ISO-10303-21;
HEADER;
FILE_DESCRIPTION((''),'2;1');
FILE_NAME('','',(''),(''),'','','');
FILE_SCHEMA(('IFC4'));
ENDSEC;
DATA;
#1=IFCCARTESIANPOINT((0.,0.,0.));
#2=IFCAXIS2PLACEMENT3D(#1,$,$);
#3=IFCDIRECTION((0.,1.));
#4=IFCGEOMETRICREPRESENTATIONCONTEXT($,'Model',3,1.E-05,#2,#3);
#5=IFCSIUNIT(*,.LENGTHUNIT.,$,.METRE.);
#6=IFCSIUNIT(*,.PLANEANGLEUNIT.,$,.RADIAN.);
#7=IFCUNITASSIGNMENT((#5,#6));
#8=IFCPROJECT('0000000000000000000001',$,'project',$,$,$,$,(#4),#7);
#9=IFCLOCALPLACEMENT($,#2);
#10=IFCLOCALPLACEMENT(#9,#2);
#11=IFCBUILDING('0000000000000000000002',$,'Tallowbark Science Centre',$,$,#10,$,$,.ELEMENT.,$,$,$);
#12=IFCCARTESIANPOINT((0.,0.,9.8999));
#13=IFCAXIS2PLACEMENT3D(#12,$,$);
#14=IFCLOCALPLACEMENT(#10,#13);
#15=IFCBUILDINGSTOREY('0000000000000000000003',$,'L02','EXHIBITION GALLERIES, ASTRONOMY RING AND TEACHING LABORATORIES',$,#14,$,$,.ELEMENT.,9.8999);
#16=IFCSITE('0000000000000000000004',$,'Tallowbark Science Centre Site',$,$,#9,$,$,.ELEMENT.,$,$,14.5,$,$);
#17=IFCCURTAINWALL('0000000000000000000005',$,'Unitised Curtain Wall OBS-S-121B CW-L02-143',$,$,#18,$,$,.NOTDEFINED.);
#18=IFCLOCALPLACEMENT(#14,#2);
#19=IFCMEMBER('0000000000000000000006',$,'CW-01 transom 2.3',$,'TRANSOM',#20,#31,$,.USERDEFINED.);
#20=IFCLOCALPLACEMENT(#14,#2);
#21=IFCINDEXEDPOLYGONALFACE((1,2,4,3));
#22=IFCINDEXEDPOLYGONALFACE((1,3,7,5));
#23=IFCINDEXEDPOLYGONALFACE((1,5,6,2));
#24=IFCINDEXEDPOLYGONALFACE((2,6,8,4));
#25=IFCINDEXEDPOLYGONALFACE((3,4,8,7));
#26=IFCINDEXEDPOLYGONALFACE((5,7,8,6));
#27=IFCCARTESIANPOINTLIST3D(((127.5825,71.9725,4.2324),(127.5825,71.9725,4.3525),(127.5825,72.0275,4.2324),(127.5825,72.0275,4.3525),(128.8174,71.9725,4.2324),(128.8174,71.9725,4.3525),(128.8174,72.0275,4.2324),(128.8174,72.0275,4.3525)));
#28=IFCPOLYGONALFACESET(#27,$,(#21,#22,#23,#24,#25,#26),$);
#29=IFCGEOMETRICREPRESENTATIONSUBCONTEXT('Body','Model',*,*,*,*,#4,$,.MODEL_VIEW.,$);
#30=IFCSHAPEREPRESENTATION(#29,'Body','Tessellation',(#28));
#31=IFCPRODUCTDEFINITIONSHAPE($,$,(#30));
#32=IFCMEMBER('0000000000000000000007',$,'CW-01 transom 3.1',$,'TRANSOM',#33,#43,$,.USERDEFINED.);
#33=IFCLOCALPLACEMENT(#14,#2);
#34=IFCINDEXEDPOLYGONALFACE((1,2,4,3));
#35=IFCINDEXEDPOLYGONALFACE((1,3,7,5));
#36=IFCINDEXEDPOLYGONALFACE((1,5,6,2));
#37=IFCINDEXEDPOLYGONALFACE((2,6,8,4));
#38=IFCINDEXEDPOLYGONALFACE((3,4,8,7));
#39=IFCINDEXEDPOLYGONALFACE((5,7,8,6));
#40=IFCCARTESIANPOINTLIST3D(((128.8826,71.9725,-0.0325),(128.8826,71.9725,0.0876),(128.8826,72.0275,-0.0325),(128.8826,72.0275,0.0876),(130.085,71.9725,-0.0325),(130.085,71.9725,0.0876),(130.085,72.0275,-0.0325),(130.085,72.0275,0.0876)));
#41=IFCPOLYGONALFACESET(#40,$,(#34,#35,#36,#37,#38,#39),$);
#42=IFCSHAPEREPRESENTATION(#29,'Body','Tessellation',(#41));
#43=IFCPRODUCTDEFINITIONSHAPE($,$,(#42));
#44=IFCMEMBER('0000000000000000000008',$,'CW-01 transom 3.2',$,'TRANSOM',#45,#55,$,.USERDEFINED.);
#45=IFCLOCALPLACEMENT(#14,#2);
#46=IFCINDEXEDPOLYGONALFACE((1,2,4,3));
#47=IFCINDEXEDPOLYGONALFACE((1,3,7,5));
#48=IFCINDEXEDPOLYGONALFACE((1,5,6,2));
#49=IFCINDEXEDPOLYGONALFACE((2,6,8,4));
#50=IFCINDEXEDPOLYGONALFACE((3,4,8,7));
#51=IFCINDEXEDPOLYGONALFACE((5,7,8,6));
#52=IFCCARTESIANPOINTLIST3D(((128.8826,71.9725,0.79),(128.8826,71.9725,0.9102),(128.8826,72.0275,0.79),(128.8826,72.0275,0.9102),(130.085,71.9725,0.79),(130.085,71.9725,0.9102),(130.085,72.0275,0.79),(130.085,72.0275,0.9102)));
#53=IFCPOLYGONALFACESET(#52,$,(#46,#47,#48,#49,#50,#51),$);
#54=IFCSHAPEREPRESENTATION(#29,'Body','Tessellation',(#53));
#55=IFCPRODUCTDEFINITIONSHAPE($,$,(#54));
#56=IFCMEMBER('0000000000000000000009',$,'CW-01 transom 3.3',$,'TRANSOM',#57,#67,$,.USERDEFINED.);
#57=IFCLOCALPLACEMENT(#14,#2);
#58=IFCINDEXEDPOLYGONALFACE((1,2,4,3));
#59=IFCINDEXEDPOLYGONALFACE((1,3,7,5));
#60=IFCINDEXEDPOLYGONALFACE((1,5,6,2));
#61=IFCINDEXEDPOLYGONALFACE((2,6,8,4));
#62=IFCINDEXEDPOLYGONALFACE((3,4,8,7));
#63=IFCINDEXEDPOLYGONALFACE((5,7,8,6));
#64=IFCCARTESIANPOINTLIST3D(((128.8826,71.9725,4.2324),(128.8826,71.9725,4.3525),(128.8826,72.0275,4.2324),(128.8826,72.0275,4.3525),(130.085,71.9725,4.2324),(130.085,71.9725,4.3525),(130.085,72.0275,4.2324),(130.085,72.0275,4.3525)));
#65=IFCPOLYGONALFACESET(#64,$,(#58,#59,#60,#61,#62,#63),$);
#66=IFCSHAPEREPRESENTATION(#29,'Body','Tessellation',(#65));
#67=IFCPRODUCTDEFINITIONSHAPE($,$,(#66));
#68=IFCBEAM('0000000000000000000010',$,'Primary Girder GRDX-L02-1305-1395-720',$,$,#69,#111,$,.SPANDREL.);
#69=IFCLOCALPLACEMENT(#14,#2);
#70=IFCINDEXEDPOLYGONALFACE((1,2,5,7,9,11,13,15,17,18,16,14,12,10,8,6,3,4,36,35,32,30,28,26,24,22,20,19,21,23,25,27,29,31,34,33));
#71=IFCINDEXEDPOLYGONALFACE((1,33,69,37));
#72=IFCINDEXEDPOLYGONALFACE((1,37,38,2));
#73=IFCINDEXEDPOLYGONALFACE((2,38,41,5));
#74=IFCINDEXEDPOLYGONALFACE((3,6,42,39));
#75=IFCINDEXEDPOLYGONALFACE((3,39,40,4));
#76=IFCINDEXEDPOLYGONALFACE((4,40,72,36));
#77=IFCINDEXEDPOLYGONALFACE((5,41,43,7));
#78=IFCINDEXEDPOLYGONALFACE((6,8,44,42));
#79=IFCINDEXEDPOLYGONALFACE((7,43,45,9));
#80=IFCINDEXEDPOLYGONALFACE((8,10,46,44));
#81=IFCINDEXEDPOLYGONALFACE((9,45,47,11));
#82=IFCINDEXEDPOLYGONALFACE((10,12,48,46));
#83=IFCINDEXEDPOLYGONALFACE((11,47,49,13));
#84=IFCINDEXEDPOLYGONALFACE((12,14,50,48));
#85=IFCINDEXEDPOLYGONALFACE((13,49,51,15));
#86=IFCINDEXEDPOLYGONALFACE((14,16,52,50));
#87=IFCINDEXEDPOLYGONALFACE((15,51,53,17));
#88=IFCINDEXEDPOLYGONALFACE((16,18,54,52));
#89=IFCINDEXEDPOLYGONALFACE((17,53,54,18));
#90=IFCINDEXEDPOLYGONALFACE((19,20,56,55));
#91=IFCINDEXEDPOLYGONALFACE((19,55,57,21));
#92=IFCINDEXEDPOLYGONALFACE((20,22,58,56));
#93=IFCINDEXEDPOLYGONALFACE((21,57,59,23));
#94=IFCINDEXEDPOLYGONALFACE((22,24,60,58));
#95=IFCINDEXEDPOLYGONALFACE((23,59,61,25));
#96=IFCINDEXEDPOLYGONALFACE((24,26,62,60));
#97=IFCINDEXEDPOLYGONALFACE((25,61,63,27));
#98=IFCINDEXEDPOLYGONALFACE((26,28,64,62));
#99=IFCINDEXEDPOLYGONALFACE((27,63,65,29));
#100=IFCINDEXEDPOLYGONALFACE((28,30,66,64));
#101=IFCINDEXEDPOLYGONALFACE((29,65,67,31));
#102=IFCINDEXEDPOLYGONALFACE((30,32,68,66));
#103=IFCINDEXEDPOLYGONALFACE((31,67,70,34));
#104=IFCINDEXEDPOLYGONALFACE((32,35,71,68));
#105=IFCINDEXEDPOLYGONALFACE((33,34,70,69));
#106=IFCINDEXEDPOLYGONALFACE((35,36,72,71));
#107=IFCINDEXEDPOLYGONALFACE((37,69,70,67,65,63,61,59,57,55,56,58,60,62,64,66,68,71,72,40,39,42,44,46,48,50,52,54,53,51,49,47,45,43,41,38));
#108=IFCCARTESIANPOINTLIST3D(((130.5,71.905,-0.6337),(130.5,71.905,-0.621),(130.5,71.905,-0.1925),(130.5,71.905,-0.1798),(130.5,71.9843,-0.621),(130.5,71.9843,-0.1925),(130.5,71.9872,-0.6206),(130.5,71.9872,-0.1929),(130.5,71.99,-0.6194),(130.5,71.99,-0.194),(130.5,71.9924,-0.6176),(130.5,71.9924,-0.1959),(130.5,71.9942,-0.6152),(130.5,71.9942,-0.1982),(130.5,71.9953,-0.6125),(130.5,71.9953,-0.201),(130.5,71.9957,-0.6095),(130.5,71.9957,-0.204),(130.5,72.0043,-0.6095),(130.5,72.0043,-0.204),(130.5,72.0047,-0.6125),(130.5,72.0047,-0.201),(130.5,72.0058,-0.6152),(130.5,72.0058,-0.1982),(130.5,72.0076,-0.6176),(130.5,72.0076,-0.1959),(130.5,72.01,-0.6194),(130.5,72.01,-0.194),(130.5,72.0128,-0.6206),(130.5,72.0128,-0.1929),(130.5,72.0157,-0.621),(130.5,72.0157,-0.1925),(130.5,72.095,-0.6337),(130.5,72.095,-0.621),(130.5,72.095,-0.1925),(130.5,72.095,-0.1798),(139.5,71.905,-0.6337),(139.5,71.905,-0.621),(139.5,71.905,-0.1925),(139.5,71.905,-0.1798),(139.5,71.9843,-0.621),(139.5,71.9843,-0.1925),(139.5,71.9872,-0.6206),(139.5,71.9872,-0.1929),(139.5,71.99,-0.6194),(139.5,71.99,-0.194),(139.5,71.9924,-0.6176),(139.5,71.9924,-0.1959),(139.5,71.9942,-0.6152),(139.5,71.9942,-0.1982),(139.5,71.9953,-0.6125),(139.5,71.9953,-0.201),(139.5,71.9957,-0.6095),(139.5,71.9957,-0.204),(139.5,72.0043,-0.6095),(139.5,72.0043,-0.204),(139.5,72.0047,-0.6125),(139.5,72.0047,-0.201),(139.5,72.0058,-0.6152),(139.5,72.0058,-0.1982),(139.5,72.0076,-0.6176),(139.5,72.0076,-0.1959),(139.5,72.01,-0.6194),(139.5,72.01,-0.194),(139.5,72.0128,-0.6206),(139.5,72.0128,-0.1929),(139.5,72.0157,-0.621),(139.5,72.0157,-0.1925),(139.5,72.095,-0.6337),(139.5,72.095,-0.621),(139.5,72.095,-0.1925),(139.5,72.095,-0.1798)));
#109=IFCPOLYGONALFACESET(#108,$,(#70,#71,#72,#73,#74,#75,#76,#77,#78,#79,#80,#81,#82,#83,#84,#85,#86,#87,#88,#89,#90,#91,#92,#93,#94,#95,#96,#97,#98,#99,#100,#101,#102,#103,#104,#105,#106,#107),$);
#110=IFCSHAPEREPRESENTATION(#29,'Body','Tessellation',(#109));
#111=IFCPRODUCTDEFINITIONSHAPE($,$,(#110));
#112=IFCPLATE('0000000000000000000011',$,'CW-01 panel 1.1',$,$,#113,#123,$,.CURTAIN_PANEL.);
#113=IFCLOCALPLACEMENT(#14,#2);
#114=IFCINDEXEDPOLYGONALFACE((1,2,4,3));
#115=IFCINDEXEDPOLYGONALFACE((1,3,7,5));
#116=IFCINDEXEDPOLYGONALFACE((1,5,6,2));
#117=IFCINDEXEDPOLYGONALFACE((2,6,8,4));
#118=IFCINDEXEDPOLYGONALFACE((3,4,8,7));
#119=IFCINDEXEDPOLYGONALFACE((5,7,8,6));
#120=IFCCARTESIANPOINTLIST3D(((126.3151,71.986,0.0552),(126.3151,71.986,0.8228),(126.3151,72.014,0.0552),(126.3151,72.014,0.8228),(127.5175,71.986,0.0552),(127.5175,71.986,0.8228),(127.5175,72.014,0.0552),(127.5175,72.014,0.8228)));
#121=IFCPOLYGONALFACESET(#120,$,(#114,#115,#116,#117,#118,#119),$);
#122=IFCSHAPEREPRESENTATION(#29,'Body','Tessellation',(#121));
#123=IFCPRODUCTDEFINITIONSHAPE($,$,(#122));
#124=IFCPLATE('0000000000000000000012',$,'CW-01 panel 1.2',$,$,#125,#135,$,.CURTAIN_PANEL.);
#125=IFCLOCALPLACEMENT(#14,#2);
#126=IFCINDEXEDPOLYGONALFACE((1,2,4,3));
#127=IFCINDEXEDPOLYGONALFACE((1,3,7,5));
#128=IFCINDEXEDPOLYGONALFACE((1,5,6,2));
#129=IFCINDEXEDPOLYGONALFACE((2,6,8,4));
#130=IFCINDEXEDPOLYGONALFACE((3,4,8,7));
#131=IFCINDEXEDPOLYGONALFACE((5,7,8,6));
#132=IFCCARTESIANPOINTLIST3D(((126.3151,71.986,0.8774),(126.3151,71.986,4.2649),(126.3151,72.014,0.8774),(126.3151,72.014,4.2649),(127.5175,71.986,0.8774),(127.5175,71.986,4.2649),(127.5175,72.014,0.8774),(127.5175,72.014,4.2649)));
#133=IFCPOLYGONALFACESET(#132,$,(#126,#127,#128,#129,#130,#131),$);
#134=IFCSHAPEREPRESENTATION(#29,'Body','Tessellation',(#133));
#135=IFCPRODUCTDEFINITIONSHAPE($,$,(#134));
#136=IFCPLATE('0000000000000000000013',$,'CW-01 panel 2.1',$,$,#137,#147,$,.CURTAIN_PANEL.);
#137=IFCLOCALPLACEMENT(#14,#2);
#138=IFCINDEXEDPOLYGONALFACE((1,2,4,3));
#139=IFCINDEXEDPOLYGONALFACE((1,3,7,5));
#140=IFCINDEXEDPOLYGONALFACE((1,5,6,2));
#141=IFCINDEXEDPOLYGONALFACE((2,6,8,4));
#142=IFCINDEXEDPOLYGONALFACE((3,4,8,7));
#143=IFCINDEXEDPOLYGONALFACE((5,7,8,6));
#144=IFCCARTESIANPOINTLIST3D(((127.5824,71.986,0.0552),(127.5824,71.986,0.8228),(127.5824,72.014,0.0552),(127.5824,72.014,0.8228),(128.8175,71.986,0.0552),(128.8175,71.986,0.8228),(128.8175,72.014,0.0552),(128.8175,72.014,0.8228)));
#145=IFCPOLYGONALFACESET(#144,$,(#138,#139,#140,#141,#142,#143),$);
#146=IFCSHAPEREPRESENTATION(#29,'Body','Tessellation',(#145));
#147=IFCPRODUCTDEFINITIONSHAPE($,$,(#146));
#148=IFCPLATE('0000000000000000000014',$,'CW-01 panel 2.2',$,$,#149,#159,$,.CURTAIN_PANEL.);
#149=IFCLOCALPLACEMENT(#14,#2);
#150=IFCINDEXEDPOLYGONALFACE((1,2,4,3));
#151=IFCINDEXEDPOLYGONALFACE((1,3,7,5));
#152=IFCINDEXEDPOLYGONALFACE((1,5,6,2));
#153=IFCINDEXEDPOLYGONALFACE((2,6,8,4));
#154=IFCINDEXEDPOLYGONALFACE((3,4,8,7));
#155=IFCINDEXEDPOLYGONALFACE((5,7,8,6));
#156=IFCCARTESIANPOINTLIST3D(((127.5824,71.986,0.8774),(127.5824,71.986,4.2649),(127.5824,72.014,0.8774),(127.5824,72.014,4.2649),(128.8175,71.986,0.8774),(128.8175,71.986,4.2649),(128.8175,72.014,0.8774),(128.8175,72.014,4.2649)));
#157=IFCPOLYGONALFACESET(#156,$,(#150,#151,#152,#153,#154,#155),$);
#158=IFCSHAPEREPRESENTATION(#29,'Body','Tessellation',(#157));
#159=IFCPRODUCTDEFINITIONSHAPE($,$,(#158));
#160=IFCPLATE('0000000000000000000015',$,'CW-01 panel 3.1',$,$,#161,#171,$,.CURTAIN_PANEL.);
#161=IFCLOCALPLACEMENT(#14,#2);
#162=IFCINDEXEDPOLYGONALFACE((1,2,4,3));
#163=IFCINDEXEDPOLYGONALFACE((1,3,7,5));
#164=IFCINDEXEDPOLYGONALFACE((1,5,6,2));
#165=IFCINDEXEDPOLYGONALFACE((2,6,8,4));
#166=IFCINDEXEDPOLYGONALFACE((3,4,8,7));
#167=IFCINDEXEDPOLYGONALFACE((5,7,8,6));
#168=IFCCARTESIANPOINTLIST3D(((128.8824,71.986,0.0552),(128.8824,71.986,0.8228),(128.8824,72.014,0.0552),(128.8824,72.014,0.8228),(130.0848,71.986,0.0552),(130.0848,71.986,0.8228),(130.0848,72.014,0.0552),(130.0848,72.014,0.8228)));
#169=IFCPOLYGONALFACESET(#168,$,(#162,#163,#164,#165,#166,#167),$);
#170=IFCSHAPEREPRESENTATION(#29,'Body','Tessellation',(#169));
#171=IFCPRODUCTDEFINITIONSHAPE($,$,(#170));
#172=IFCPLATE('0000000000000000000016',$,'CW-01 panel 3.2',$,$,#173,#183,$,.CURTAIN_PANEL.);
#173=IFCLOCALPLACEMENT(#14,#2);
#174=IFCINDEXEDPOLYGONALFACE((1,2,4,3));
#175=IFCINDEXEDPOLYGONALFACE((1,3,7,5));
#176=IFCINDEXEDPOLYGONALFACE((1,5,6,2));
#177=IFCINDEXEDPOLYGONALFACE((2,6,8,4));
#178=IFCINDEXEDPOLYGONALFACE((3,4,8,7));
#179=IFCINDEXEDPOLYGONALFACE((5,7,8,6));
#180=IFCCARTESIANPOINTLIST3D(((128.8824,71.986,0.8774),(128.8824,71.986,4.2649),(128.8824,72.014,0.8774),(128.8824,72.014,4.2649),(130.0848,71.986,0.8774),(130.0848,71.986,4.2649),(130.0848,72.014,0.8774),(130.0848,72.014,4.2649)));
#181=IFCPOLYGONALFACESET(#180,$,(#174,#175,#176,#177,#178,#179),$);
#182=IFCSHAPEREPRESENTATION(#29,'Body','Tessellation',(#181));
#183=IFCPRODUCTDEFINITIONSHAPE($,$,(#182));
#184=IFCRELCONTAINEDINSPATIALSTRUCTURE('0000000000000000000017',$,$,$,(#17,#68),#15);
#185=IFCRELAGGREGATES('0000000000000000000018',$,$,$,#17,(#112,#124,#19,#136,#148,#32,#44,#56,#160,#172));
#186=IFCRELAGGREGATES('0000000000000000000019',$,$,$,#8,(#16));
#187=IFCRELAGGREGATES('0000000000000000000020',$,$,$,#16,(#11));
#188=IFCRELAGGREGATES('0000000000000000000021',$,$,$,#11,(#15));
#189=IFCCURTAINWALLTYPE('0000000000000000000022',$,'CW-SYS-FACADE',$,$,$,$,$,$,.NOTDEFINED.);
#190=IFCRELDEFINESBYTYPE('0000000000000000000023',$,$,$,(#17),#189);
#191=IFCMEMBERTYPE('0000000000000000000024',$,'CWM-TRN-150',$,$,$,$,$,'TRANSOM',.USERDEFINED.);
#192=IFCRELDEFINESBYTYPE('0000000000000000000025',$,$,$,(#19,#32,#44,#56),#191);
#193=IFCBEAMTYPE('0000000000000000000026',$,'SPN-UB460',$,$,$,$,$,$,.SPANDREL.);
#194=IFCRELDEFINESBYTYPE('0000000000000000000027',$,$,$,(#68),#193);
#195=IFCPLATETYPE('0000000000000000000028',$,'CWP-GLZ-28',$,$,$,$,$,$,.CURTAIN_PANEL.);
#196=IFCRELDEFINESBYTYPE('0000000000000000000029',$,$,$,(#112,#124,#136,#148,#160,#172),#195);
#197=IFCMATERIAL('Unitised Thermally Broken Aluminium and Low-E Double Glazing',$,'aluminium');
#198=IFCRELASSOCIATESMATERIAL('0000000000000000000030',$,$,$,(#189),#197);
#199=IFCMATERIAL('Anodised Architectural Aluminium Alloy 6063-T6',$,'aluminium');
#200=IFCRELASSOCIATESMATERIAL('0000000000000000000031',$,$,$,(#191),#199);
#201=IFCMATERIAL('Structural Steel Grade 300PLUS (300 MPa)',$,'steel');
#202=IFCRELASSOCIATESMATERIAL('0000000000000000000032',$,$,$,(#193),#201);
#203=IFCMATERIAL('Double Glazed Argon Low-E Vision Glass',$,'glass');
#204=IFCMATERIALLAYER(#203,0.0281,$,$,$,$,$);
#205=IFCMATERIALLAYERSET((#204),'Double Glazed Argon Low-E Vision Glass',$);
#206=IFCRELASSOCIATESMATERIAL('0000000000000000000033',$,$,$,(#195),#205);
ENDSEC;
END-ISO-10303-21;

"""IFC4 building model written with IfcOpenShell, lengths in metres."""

from ifc_helpers import new_model, si_unit, direction, frame, origin, origin_2d, place, context, subcontext, project, spatial, rectangle, i_section, extrude, material, layer, layer_set, material_profile, profile_set, type_object, element, aggregate, save


model = new_model("IFC4")

# Units and contexts
model_context = context("Model", 3, precision=1e-05, world=origin(), true_north=direction((0.0, 1.0)))
body_context = subcontext(model_context, "Body", "Model", "MODEL_VIEW")
ifc_project = project(units=[si_unit("LENGTHUNIT", "METRE"), si_unit("PLANEANGLEUNIT", "RADIAN")], contexts=[model_context])

# Site, building, storey
site_placement = place(None, origin())
site = spatial("IfcSite", under=ifc_project, at=site_placement, Name="Tallowbark Science Centre Site", CompositionType="ELEMENT", RefElevation=14.5)
building_placement = place(site_placement, origin())
building = spatial("IfcBuilding", under=site, at=building_placement, Name="Tallowbark Science Centre", CompositionType="ELEMENT")
storey_placement = place(building_placement, frame((0.0, 0.0, 9.8999)))
storey = spatial("IfcBuildingStorey", under=building, at=storey_placement, Name="L02", Description="EXHIBITION GALLERIES, ASTRONOMY RING AND TEACHING LABORATORIES", CompositionType="ELEMENT", Elevation=9.8999)

# Shared definitions
ifc_material_1 = material(Name="Structural Steel Grade 300PLUS (300 MPa)", Category="steel")

# Curtain wall
ifc_material_2 = material(Name="Unitised Thermally Broken Aluminium and Low-E Double Glazing", Category="aluminium")
curtain_wall_type = type_object("IfcCurtainWallType", Name="CW-SYS-FACADE", PredefinedType="NOTDEFINED", material=ifc_material_2)
curtain_wall_1_placement = place(storey_placement, origin())
curtain_wall_1 = element("IfcCurtainWall", 1, at=curtain_wall_1_placement, inside=storey, type_object=curtain_wall_type, Name="Unitised Curtain Wall OBS-S-121B CW-L02-143", PredefinedType="NOTDEFINED")
ifc_material_3 = material(Name="Anodised Architectural Aluminium Alloy 6063-T6", Category="aluminium")

# Members
ifc_material_profile_1 = material_profile(ifc_material_3, rectangle(XDim=0.0549, YDim=0.1201, at=origin_2d()), Name="ALU55x120")
ifc_profile_set_1 = profile_set([ifc_material_profile_1], Name="Anodised Architectural Aluminium Alloy 6063-T6")
member_type_1 = type_object("IfcMemberType", Name="CWM-TRN-150", ElementType="TRANSOM", PredefinedType="USERDEFINED", material=ifc_profile_set_1)
member_1_placement = place(storey_placement, frame((127.5825, 72.0, 4.2925), z_axis=(1.0, 0.0, 0.0), x_axis=(0.0, 1.0, 0.0)))
member_1 = element("IfcMember", 2, at=member_1_placement, type_object=member_type_1, Name="CW-01 transom 2.3", ObjectType="TRANSOM", PredefinedType="USERDEFINED", context=body_context, shape_type="SweptSolid", body=[
    extrude(rectangle(XDim=0.0549, YDim=0.1201, at=origin_2d()), origin(), (0.0, 0.0, 1.0), 1.2349),
])
member_2_placement = place(storey_placement, frame((128.8826, 72.0, 0.0276), z_axis=(1.0, 0.0, 0.0), x_axis=(0.0, 1.0, 0.0)))
member_2 = element("IfcMember", 3, at=member_2_placement, type_object=member_type_1, Name="CW-01 transom 3.1", ObjectType="TRANSOM", PredefinedType="USERDEFINED", context=body_context, shape_type="SweptSolid", body=[
    extrude(rectangle(XDim=0.0549, YDim=0.1201, at=origin_2d()), origin(), (0.0, 0.0, 1.0), 1.2024),
])
member_3_placement = place(storey_placement, frame((128.8826, 72.0, 0.8501), z_axis=(1.0, 0.0, 0.0), x_axis=(0.0, 1.0, 0.0)))
member_3 = element("IfcMember", 4, at=member_3_placement, type_object=member_type_1, Name="CW-01 transom 3.2", ObjectType="TRANSOM", PredefinedType="USERDEFINED", context=body_context, shape_type="SweptSolid", body=[
    extrude(rectangle(XDim=0.0549, YDim=0.1201, at=origin_2d()), origin(), (0.0, 0.0, 1.0), 1.2024),
])
member_4_placement = place(storey_placement, frame((128.8826, 72.0, 4.2925), z_axis=(1.0, 0.0, 0.0), x_axis=(0.0, 1.0, 0.0)))
member_4 = element("IfcMember", 5, at=member_4_placement, type_object=member_type_1, Name="CW-01 transom 3.3", ObjectType="TRANSOM", PredefinedType="USERDEFINED", context=body_context, shape_type="SweptSolid", body=[
    extrude(rectangle(XDim=0.0549, YDim=0.1201, at=origin_2d()), origin(), (0.0, 0.0, 1.0), 1.2024),
])

# Beam
ifc_material_profile_2 = material_profile(ifc_material_1, i_section(OverallWidth=0.1899, OverallDepth=0.4539, WebThickness=0.0085, FlangeThickness=0.0127, FilletRadius=0.0115, at=origin_2d()), Name="460UB67.1")
ifc_profile_set_2 = profile_set([ifc_material_profile_2], Name="Structural Steel Grade 300PLUS (300 MPa)")
beam_type_1 = type_object("IfcBeamType", Name="SPN-UB460", PredefinedType="SPANDREL", material=ifc_profile_set_2)
beam_1_placement = place(storey_placement, frame((130.5, 72.0, -0.4067), z_axis=(1.0, 0.0, 0.0), x_axis=(0.0, 1.0, 0.0)))
element("IfcBeam", 6, at=beam_1_placement, inside=storey, type_object=beam_type_1, Name="Primary Girder GRDX-L02-1305-1395-720", PredefinedType="SPANDREL", context=body_context, shape_type="SweptSolid", body=[
    extrude(i_section(OverallWidth=0.1899, OverallDepth=0.4539, WebThickness=0.0085, FlangeThickness=0.0127, FilletRadius=0.0115, at=origin_2d()), origin(), (0.0, 0.0, 1.0), 9.0),
])

# Plates
ifc_material_4 = material(Name="Double Glazed Argon Low-E Vision Glass", Category="glass")
ifc_layer_1 = layer(ifc_material_4, 0.0281)
ifc_layer_set_1 = layer_set([ifc_layer_1], Name="Double Glazed Argon Low-E Vision Glass")
plate_type = type_object("IfcPlateType", Name="CWP-GLZ-28", PredefinedType="CURTAIN_PANEL", material=ifc_layer_set_1)
plate_1_placement = place(storey_placement, frame((126.9163, 72.0, 0.0552), z_axis=(0.0, 0.0, 1.0), x_axis=(1.0, 0.0, 0.0)))
plate_1 = element("IfcPlate", 7, at=plate_1_placement, type_object=plate_type, Name="CW-01 panel 1.1", PredefinedType="CURTAIN_PANEL", context=body_context, shape_type="SweptSolid", body=[
    extrude(rectangle(XDim=1.2024, YDim=0.0281, at=origin_2d()), origin(), (0.0, 0.0, 1.0), 0.7676),
])
plate_2_placement = place(storey_placement, frame((126.9163, 72.0, 0.8774), z_axis=(0.0, 0.0, 1.0), x_axis=(1.0, 0.0, 0.0)))
plate_2 = element("IfcPlate", 8, at=plate_2_placement, type_object=plate_type, Name="CW-01 panel 1.2", PredefinedType="CURTAIN_PANEL", context=body_context, shape_type="SweptSolid", body=[
    extrude(rectangle(XDim=1.2024, YDim=0.0281, at=origin_2d()), origin(), (0.0, 0.0, 1.0), 3.3875),
])
plate_3_placement = place(storey_placement, frame((128.2, 72.0, 0.0552), z_axis=(0.0, 0.0, 1.0), x_axis=(1.0, 0.0, 0.0)))
plate_3 = element("IfcPlate", 9, at=plate_3_placement, type_object=plate_type, Name="CW-01 panel 2.1", PredefinedType="CURTAIN_PANEL", context=body_context, shape_type="SweptSolid", body=[
    extrude(rectangle(XDim=1.2351, YDim=0.0281, at=origin_2d()), origin(), (0.0, 0.0, 1.0), 0.7676),
])
plate_4_placement = place(storey_placement, frame((128.2, 72.0, 0.8774), z_axis=(0.0, 0.0, 1.0), x_axis=(1.0, 0.0, 0.0)))
plate_4 = element("IfcPlate", 10, at=plate_4_placement, type_object=plate_type, Name="CW-01 panel 2.2", PredefinedType="CURTAIN_PANEL", context=body_context, shape_type="SweptSolid", body=[
    extrude(rectangle(XDim=1.2351, YDim=0.0281, at=origin_2d()), origin(), (0.0, 0.0, 1.0), 3.3875),
])
plate_5_placement = place(storey_placement, frame((129.4836, 72.0, 0.0552), z_axis=(0.0, 0.0, 1.0), x_axis=(1.0, 0.0, 0.0)))
plate_5 = element("IfcPlate", 11, at=plate_5_placement, type_object=plate_type, Name="CW-01 panel 3.1", PredefinedType="CURTAIN_PANEL", context=body_context, shape_type="SweptSolid", body=[
    extrude(rectangle(XDim=1.2024, YDim=0.0281, at=origin_2d()), origin(), (0.0, 0.0, 1.0), 0.7676),
])
plate_6_placement = place(storey_placement, frame((129.4836, 72.0, 0.8774), z_axis=(0.0, 0.0, 1.0), x_axis=(1.0, 0.0, 0.0)))
plate_6 = element("IfcPlate", 12, at=plate_6_placement, type_object=plate_type, Name="CW-01 panel 3.2", PredefinedType="CURTAIN_PANEL", context=body_context, shape_type="SweptSolid", body=[
    extrude(rectangle(XDim=1.2024, YDim=0.0281, at=origin_2d()), origin(), (0.0, 0.0, 1.0), 3.3875),
])
aggregate(curtain_wall_1, [plate_1, plate_2, member_1, plate_3, plate_4, member_2, member_3, member_4, plate_5, plate_6])

save(model, "model.ifc")
